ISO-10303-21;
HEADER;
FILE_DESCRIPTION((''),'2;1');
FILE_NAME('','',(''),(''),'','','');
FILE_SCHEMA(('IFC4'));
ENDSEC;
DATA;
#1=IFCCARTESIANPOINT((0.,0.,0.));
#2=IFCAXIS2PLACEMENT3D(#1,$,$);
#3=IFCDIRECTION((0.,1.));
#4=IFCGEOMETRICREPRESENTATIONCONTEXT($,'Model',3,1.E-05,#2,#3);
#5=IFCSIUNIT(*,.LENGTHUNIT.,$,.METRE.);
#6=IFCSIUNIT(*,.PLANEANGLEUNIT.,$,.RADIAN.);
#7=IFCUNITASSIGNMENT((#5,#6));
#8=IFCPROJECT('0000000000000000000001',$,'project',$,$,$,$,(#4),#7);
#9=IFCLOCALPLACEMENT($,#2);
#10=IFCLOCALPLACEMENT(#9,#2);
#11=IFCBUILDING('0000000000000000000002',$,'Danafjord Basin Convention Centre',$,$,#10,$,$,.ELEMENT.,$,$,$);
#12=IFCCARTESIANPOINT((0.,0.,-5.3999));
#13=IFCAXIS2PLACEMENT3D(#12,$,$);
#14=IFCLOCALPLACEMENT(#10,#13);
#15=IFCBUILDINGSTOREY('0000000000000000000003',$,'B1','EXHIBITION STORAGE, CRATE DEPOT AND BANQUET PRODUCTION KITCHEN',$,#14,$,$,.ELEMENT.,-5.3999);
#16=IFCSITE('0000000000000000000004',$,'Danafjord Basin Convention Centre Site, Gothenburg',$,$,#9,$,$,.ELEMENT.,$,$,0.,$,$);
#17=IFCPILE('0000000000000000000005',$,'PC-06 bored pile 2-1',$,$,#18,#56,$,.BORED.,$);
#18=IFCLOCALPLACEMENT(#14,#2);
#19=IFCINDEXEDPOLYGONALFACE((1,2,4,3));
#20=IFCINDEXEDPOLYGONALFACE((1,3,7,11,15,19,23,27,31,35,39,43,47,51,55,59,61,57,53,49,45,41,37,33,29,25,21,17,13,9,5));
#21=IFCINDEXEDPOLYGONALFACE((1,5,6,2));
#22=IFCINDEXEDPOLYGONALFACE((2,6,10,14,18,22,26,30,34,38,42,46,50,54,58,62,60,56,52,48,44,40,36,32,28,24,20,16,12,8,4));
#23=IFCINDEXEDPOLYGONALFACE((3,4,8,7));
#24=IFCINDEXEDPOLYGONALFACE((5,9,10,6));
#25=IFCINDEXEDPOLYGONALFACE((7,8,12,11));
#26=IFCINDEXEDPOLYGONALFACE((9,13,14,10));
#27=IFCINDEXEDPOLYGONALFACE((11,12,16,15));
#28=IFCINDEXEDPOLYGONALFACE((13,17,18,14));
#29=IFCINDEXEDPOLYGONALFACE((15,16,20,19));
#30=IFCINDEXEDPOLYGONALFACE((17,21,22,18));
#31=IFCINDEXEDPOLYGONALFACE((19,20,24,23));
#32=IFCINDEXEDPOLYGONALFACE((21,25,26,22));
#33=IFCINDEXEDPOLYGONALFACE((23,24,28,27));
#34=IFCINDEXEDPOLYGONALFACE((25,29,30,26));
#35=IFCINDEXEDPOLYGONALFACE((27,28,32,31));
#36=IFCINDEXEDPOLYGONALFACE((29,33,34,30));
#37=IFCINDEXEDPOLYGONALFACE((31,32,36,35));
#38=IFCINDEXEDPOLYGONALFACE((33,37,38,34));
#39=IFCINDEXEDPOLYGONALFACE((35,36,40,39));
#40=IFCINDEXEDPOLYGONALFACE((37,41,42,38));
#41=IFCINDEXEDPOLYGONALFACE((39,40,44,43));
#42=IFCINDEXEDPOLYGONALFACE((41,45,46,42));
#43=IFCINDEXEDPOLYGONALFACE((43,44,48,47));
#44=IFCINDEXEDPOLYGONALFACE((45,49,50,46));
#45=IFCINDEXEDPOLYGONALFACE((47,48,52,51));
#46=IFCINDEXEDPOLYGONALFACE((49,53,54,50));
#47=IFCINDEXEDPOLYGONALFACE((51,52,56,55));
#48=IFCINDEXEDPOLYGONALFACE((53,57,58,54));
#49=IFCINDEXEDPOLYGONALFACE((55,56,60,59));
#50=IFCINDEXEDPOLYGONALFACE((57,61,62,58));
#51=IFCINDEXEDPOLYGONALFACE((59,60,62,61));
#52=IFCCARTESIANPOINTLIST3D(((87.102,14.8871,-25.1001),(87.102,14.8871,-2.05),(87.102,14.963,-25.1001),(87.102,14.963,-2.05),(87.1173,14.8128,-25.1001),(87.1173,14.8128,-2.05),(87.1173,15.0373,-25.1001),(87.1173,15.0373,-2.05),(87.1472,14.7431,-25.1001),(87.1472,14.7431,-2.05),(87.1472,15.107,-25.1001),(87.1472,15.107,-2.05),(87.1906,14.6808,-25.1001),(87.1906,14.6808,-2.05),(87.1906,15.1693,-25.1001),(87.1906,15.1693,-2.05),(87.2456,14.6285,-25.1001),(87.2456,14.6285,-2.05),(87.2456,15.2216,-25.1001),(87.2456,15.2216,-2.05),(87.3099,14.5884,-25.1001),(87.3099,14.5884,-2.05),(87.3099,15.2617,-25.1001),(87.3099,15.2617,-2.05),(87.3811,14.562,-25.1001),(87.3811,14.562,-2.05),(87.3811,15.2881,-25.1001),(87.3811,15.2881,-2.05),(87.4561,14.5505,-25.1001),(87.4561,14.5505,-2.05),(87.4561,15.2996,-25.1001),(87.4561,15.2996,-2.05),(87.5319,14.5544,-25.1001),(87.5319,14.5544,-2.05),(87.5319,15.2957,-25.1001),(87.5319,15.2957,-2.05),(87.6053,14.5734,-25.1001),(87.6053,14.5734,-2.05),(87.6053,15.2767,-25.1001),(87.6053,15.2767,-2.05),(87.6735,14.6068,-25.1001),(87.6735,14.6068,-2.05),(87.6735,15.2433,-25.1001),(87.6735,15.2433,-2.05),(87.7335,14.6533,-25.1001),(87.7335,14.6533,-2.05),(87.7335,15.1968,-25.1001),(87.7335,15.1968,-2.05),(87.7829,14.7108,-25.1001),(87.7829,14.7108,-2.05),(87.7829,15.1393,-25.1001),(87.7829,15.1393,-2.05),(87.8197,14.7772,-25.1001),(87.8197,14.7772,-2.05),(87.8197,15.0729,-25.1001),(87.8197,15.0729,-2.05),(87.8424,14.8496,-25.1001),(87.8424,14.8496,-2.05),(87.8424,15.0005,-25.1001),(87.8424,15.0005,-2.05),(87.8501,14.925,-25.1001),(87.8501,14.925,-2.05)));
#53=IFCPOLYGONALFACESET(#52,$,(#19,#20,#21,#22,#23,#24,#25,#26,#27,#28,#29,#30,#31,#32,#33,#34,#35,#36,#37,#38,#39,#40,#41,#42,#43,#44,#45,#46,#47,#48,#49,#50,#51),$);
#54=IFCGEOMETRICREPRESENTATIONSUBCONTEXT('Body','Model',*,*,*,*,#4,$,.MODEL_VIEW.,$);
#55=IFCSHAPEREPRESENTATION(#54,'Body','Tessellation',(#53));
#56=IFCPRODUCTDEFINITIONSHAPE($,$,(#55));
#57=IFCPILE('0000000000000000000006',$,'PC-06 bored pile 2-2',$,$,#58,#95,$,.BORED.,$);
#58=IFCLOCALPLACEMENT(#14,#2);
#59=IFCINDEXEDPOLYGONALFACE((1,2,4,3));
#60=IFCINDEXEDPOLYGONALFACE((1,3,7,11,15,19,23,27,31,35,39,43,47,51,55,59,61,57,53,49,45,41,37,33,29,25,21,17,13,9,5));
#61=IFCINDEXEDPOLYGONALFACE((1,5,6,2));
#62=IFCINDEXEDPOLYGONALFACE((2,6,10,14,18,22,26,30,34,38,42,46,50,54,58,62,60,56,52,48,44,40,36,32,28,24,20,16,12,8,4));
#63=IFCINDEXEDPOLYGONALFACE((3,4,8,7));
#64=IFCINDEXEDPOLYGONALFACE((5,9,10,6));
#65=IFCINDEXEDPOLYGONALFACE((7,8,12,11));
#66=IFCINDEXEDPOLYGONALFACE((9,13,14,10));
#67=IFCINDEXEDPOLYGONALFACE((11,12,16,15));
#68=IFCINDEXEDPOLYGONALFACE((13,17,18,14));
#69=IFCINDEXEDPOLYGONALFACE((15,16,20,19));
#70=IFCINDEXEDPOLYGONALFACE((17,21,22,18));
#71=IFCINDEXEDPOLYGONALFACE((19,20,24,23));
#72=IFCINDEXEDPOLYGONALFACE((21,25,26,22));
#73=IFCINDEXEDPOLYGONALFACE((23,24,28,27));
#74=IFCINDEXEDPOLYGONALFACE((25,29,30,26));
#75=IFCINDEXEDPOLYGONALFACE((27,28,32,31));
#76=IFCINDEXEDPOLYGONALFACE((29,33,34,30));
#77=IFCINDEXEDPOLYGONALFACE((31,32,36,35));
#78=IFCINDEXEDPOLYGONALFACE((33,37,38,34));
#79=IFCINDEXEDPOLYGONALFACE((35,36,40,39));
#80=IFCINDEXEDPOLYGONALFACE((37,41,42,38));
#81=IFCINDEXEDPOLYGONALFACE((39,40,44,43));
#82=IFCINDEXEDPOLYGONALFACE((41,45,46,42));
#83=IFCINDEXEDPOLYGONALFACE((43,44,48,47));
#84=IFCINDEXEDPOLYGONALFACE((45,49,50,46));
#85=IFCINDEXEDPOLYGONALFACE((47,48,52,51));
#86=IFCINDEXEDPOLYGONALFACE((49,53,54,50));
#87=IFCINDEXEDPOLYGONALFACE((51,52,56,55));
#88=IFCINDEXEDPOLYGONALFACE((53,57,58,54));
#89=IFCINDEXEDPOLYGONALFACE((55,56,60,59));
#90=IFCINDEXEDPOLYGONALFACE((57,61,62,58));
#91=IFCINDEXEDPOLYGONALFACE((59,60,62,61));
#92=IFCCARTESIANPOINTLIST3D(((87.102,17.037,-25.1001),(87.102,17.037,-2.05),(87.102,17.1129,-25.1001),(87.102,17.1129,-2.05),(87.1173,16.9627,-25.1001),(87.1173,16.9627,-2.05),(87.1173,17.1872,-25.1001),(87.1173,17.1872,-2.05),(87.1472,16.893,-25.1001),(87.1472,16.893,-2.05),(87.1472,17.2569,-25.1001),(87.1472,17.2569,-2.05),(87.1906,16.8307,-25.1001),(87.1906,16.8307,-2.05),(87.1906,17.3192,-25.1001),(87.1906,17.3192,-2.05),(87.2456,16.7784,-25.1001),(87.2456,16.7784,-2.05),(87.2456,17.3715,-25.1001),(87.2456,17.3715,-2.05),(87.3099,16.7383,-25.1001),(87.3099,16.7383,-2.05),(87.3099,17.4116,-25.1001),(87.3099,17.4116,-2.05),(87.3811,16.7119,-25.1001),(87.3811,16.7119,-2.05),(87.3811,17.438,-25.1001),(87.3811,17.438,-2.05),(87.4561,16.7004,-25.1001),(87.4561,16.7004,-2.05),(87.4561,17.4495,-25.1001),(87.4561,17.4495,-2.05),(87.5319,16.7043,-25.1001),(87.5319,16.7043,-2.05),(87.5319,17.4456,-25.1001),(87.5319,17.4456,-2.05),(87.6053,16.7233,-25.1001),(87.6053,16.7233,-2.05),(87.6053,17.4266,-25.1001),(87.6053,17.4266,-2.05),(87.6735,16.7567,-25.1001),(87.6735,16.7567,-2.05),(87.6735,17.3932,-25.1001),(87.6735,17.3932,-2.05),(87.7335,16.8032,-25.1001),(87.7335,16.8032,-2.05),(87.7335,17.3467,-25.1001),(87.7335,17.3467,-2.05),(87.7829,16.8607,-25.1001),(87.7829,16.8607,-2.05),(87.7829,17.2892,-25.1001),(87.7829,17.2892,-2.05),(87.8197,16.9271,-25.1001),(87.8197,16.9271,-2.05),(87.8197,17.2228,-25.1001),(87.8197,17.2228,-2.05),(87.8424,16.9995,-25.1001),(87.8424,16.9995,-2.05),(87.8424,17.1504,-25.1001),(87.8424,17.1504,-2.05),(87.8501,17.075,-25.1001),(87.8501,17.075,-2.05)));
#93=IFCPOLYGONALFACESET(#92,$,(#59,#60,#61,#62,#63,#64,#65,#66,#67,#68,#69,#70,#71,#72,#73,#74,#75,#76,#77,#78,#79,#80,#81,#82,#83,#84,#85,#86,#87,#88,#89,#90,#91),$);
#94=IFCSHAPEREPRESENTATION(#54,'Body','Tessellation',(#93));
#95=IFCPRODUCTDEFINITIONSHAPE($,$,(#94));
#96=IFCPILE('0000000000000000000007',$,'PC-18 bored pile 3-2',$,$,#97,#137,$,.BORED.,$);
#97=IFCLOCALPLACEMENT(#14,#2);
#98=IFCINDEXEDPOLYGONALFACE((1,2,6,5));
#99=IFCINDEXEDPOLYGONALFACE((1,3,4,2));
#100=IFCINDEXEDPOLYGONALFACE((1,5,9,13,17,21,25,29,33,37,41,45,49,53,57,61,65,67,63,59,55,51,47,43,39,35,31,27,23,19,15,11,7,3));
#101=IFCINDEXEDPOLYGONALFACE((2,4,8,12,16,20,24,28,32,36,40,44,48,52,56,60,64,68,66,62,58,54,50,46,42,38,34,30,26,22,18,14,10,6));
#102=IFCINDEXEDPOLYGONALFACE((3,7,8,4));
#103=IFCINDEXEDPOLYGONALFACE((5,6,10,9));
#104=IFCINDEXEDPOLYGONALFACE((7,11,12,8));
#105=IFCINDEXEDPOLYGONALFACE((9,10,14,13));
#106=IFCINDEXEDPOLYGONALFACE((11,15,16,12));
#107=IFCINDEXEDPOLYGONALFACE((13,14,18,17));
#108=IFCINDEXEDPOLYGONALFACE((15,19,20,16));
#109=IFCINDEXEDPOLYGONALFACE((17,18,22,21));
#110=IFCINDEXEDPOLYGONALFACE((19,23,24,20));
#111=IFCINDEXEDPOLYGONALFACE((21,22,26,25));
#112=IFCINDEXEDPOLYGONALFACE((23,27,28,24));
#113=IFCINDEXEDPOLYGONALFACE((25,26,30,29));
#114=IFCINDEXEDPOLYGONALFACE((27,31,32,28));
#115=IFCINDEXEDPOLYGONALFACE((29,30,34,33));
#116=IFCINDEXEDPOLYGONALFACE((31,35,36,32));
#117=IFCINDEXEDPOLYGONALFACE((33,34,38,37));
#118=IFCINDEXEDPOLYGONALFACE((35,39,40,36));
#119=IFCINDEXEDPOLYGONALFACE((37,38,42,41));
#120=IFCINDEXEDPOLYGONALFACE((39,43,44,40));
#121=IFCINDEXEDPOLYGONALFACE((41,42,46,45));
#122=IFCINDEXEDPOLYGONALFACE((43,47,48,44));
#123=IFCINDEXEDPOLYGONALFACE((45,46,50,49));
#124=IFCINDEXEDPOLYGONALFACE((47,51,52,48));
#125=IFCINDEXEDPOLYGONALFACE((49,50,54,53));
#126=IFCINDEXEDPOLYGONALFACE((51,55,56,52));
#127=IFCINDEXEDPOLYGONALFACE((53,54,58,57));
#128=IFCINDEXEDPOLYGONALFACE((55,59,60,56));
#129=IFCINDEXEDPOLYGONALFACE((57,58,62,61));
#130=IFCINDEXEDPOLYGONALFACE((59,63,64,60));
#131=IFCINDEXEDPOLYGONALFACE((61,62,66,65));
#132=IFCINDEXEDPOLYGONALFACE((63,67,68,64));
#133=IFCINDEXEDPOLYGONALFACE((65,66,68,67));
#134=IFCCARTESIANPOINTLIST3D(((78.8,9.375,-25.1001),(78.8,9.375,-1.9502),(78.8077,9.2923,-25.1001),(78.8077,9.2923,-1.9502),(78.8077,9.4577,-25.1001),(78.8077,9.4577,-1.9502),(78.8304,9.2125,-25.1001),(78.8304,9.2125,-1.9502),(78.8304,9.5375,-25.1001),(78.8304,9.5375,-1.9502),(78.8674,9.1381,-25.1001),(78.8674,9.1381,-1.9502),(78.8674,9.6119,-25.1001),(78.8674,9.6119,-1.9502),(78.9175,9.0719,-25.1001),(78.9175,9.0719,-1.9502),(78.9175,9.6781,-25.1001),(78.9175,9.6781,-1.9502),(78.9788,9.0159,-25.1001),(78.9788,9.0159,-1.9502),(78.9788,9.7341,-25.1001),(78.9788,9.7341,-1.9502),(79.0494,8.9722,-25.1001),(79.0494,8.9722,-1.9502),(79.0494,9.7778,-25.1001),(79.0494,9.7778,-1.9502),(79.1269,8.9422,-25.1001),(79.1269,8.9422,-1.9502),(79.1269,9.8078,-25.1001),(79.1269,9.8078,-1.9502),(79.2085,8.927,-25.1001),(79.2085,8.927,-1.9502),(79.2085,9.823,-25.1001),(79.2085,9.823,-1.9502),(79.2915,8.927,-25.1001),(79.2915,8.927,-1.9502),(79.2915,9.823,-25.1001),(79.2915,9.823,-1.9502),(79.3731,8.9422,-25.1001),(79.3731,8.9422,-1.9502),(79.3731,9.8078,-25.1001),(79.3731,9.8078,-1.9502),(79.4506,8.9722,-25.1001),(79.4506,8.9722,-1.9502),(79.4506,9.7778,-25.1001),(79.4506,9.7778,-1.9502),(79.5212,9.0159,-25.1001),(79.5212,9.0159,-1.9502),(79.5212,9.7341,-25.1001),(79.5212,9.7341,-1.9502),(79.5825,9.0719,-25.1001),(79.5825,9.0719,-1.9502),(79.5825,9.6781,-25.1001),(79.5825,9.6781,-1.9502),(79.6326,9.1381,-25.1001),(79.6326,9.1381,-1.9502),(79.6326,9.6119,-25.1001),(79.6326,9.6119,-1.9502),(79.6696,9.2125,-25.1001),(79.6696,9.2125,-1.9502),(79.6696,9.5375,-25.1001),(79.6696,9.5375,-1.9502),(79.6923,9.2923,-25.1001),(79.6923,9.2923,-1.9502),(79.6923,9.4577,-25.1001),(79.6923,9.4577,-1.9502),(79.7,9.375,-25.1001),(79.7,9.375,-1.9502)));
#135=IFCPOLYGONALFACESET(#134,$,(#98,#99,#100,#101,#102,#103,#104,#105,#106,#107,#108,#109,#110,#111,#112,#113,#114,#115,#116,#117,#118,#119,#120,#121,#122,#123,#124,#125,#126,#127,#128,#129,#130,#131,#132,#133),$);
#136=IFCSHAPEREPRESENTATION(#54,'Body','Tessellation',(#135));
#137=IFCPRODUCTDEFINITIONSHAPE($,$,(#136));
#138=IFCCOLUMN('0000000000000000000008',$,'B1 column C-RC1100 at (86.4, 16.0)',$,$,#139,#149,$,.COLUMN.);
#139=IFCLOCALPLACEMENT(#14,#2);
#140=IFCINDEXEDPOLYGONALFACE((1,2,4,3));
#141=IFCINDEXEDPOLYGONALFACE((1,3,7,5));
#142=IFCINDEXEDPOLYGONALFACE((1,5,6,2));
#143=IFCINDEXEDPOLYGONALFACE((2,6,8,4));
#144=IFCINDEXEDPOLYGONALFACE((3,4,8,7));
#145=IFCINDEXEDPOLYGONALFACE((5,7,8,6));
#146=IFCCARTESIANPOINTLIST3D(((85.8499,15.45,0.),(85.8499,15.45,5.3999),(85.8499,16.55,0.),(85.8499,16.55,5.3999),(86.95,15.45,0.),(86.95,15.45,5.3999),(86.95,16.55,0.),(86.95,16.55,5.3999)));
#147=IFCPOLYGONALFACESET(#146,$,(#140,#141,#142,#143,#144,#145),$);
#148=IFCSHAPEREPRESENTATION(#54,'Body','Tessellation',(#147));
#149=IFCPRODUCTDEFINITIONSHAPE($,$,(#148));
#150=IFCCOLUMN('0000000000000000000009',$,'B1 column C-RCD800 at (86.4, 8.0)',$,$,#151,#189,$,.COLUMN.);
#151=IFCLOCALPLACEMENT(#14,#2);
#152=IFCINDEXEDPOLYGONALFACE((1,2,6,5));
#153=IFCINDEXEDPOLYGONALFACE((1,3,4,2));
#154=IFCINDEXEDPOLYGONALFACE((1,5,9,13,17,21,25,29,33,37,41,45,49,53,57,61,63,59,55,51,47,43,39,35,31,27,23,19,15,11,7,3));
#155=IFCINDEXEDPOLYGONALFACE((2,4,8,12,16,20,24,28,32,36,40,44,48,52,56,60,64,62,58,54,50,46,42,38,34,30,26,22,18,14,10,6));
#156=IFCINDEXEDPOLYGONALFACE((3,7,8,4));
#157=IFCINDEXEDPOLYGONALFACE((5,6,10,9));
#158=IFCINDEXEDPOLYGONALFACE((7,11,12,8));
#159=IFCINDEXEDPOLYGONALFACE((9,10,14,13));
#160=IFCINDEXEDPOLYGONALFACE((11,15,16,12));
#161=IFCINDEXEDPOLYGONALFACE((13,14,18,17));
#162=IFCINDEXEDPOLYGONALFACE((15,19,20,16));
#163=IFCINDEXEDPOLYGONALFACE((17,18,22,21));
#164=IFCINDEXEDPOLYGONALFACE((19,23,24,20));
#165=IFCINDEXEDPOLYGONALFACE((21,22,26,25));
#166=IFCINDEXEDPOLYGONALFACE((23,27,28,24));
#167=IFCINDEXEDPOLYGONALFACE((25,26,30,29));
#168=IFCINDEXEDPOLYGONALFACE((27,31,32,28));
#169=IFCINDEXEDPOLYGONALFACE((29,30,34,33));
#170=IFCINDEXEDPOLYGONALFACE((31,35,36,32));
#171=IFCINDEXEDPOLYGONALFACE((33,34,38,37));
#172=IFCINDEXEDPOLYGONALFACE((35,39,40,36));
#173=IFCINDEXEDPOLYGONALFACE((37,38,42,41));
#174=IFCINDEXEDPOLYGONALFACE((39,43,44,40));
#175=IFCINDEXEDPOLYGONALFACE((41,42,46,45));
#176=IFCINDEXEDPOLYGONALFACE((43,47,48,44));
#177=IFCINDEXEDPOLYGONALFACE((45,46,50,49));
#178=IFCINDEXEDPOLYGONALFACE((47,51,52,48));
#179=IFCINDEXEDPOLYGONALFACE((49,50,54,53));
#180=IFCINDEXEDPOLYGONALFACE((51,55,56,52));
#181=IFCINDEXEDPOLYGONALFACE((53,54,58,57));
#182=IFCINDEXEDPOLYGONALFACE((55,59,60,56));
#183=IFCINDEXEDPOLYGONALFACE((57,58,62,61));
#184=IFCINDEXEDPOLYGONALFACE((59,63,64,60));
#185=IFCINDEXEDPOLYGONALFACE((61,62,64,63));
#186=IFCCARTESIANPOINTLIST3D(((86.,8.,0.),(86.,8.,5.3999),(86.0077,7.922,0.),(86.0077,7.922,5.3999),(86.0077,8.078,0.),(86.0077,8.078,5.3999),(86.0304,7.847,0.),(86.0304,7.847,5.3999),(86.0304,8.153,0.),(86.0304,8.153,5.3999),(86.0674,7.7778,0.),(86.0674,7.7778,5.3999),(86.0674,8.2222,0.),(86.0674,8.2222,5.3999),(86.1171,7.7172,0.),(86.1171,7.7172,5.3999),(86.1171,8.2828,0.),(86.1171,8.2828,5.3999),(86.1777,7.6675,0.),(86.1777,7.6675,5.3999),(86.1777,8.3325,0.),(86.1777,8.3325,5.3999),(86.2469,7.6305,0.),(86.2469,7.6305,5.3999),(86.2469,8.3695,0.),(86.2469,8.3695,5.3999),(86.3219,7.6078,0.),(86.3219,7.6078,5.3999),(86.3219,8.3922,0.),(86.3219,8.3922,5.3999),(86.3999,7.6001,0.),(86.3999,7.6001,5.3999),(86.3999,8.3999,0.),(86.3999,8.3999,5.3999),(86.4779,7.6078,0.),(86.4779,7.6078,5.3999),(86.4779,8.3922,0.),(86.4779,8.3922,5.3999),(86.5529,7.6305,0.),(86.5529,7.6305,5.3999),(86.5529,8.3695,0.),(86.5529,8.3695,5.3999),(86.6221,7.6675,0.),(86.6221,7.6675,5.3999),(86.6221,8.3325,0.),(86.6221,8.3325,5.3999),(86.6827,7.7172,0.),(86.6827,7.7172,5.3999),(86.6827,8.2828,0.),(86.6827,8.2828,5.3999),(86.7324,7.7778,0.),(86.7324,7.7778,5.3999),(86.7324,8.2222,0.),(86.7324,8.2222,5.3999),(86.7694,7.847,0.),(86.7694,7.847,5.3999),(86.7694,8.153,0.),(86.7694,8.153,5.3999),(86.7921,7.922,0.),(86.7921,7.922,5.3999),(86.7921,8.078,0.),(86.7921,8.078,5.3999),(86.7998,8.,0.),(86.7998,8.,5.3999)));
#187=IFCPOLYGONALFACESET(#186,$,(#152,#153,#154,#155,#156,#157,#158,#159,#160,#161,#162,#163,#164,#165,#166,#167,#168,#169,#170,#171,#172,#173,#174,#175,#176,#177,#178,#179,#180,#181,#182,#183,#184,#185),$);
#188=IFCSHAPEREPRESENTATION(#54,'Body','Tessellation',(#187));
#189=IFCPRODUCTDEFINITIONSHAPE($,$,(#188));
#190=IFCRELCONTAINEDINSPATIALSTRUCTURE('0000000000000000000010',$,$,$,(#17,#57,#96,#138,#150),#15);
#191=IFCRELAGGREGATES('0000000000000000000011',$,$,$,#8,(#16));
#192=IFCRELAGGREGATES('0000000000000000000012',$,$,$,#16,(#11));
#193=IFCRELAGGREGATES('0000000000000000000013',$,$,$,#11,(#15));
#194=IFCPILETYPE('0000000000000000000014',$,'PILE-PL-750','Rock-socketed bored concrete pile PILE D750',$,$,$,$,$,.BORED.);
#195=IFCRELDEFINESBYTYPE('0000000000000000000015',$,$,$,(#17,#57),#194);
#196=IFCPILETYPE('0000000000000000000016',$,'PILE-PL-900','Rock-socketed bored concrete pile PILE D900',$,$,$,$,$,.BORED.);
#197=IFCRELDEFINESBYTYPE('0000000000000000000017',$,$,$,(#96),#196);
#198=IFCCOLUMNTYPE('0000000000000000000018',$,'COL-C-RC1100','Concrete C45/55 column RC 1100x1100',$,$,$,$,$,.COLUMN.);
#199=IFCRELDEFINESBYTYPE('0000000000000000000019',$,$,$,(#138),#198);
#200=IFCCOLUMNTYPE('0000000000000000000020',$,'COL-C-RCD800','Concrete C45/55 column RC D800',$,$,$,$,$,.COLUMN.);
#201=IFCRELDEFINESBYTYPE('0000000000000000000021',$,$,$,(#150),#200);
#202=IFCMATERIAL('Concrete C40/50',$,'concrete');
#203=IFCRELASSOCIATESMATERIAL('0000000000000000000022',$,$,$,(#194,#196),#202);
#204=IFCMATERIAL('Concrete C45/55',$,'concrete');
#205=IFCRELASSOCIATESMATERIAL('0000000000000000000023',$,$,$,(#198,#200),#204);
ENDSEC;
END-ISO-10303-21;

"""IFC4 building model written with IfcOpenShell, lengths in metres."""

from ifc_helpers import new_model, si_unit, direction, frame, origin, origin_2d, place, context, subcontext, project, spatial, rectangle, circle, extrude, material, material_profile, profile_set, type_object, element, save


model = new_model("IFC4")

# Units and contexts
model_context = context("Model", 3, precision=1e-05, world=origin(), true_north=direction((0.0, 1.0)))
body_context = subcontext(model_context, "Body", "Model", "MODEL_VIEW")
ifc_project = project(units=[si_unit("LENGTHUNIT", "METRE"), si_unit("PLANEANGLEUNIT", "RADIAN")], contexts=[model_context])

# Site, building, storey
site_placement = place(None, origin())
site = spatial("IfcSite", under=ifc_project, at=site_placement, Name="Danafjord Basin Convention Centre Site, Gothenburg", CompositionType="ELEMENT", RefElevation=0.0)
building_placement = place(site_placement, origin())
building = spatial("IfcBuilding", under=site, at=building_placement, Name="Danafjord Basin Convention Centre", CompositionType="ELEMENT")
storey_placement = place(building_placement, frame((0.0, 0.0, -5.3999)))
storey = spatial("IfcBuildingStorey", under=building, at=storey_placement, Name="B1", Description="EXHIBITION STORAGE, CRATE DEPOT AND BANQUET PRODUCTION KITCHEN", CompositionType="ELEMENT", Elevation=-5.3999)

# Shared definitions
ifc_material_1 = material(Name="Concrete C40/50", Category="concrete")

# Piles
ifc_material_profile_1 = material_profile(ifc_material_1, circle(Radius=0.375, at=origin_2d()), Name="PILE D750")
ifc_profile_set_1 = profile_set([ifc_material_profile_1], Name="Concrete C40/50")
pile_type_1 = type_object("IfcPileType", Name="PILE-PL-750", Description="Rock-socketed bored concrete pile PILE D750", PredefinedType="BORED", material=ifc_profile_set_1)
for number, where, z_axis, x_axis, name in (
    (1, (87.4751, 14.925, -2.05), (0.0, 0.0, -1.0), (1.0, 0.0, 0.0), "PC-06 bored pile 2-1"),
    (2, (87.4751, 17.075, -2.05), (0.0, 0.0, -1.0), (1.0, 0.0, 0.0), "PC-06 bored pile 2-2"),
):
    element("IfcPile", number, at=place(storey_placement, frame(where, z_axis=z_axis, x_axis=x_axis)), inside=storey, type_object=pile_type_1, Name=name, PredefinedType="BORED", context=body_context, shape_type="SweptSolid", body=[
        extrude(circle(Radius=0.375, at=origin_2d()), origin(), (0.0, 0.0, 1.0), 23.05),
    ])
ifc_material_profile_2 = material_profile(ifc_material_1, circle(Radius=0.45, at=origin_2d()), Name="PILE D900")
ifc_profile_set_2 = profile_set([ifc_material_profile_2], Name="Concrete C40/50")
pile_type_2 = type_object("IfcPileType", Name="PILE-PL-900", Description="Rock-socketed bored concrete pile PILE D900", PredefinedType="BORED", material=ifc_profile_set_2)
pile_placement = place(storey_placement, frame((79.25, 9.375, -1.9502), z_axis=(0.0, 0.0, -1.0), x_axis=(1.0, 0.0, 0.0)))
element("IfcPile", 3, at=pile_placement, inside=storey, type_object=pile_type_2, Name="PC-18 bored pile 3-2", PredefinedType="BORED", context=body_context, shape_type="SweptSolid", body=[
    extrude(circle(Radius=0.45, at=origin_2d()), origin(), (0.0, 0.0, 1.0), 23.1499),
])

# Columns
ifc_material_2 = material(Name="Concrete C45/55", Category="concrete")
ifc_material_profile_3 = material_profile(ifc_material_2, rectangle(XDim=1.1001, YDim=1.1001, at=origin_2d()), Name="RC 1100x1100")
ifc_profile_set_3 = profile_set([ifc_material_profile_3], Name="Concrete C45/55")
column_type_1 = type_object("IfcColumnType", Name="COL-C-RC1100", Description="Concrete C45/55 column RC 1100x1100", PredefinedType="COLUMN", material=ifc_profile_set_3)
column_1_placement = place(storey_placement, frame((86.3999, 16.0, 0.0), z_axis=(0.0, 0.0, 1.0), x_axis=(1.0, 0.0, 0.0)))
element("IfcColumn", 4, at=column_1_placement, inside=storey, type_object=column_type_1, Name="B1 column C-RC1100 at (86.4, 16.0)", PredefinedType="COLUMN", context=body_context, shape_type="SweptSolid", body=[
    extrude(rectangle(XDim=1.1001, YDim=1.1001, at=origin_2d()), origin(), (0.0, 0.0, 1.0), 5.3999),
])
ifc_material_profile_4 = material_profile(ifc_material_2, circle(Radius=0.3999, at=origin_2d()), Name="RC D800")
ifc_profile_set_4 = profile_set([ifc_material_profile_4], Name="Concrete C45/55")
column_type_2 = type_object("IfcColumnType", Name="COL-C-RCD800", Description="Concrete C45/55 column RC D800", PredefinedType="COLUMN", material=ifc_profile_set_4)
column_2_placement = place(storey_placement, frame((86.3999, 8.0, 0.0), z_axis=(0.0, 0.0, 1.0), x_axis=(1.0, 0.0, 0.0)))
element("IfcColumn", 5, at=column_2_placement, inside=storey, type_object=column_type_2, Name="B1 column C-RCD800 at (86.4, 8.0)", PredefinedType="COLUMN", context=body_context, shape_type="SweptSolid", body=[
    extrude(circle(Radius=0.3999, at=origin_2d()), origin(), (0.0, 0.0, 1.0), 5.3999),
])

save(model, "model.ifc")
